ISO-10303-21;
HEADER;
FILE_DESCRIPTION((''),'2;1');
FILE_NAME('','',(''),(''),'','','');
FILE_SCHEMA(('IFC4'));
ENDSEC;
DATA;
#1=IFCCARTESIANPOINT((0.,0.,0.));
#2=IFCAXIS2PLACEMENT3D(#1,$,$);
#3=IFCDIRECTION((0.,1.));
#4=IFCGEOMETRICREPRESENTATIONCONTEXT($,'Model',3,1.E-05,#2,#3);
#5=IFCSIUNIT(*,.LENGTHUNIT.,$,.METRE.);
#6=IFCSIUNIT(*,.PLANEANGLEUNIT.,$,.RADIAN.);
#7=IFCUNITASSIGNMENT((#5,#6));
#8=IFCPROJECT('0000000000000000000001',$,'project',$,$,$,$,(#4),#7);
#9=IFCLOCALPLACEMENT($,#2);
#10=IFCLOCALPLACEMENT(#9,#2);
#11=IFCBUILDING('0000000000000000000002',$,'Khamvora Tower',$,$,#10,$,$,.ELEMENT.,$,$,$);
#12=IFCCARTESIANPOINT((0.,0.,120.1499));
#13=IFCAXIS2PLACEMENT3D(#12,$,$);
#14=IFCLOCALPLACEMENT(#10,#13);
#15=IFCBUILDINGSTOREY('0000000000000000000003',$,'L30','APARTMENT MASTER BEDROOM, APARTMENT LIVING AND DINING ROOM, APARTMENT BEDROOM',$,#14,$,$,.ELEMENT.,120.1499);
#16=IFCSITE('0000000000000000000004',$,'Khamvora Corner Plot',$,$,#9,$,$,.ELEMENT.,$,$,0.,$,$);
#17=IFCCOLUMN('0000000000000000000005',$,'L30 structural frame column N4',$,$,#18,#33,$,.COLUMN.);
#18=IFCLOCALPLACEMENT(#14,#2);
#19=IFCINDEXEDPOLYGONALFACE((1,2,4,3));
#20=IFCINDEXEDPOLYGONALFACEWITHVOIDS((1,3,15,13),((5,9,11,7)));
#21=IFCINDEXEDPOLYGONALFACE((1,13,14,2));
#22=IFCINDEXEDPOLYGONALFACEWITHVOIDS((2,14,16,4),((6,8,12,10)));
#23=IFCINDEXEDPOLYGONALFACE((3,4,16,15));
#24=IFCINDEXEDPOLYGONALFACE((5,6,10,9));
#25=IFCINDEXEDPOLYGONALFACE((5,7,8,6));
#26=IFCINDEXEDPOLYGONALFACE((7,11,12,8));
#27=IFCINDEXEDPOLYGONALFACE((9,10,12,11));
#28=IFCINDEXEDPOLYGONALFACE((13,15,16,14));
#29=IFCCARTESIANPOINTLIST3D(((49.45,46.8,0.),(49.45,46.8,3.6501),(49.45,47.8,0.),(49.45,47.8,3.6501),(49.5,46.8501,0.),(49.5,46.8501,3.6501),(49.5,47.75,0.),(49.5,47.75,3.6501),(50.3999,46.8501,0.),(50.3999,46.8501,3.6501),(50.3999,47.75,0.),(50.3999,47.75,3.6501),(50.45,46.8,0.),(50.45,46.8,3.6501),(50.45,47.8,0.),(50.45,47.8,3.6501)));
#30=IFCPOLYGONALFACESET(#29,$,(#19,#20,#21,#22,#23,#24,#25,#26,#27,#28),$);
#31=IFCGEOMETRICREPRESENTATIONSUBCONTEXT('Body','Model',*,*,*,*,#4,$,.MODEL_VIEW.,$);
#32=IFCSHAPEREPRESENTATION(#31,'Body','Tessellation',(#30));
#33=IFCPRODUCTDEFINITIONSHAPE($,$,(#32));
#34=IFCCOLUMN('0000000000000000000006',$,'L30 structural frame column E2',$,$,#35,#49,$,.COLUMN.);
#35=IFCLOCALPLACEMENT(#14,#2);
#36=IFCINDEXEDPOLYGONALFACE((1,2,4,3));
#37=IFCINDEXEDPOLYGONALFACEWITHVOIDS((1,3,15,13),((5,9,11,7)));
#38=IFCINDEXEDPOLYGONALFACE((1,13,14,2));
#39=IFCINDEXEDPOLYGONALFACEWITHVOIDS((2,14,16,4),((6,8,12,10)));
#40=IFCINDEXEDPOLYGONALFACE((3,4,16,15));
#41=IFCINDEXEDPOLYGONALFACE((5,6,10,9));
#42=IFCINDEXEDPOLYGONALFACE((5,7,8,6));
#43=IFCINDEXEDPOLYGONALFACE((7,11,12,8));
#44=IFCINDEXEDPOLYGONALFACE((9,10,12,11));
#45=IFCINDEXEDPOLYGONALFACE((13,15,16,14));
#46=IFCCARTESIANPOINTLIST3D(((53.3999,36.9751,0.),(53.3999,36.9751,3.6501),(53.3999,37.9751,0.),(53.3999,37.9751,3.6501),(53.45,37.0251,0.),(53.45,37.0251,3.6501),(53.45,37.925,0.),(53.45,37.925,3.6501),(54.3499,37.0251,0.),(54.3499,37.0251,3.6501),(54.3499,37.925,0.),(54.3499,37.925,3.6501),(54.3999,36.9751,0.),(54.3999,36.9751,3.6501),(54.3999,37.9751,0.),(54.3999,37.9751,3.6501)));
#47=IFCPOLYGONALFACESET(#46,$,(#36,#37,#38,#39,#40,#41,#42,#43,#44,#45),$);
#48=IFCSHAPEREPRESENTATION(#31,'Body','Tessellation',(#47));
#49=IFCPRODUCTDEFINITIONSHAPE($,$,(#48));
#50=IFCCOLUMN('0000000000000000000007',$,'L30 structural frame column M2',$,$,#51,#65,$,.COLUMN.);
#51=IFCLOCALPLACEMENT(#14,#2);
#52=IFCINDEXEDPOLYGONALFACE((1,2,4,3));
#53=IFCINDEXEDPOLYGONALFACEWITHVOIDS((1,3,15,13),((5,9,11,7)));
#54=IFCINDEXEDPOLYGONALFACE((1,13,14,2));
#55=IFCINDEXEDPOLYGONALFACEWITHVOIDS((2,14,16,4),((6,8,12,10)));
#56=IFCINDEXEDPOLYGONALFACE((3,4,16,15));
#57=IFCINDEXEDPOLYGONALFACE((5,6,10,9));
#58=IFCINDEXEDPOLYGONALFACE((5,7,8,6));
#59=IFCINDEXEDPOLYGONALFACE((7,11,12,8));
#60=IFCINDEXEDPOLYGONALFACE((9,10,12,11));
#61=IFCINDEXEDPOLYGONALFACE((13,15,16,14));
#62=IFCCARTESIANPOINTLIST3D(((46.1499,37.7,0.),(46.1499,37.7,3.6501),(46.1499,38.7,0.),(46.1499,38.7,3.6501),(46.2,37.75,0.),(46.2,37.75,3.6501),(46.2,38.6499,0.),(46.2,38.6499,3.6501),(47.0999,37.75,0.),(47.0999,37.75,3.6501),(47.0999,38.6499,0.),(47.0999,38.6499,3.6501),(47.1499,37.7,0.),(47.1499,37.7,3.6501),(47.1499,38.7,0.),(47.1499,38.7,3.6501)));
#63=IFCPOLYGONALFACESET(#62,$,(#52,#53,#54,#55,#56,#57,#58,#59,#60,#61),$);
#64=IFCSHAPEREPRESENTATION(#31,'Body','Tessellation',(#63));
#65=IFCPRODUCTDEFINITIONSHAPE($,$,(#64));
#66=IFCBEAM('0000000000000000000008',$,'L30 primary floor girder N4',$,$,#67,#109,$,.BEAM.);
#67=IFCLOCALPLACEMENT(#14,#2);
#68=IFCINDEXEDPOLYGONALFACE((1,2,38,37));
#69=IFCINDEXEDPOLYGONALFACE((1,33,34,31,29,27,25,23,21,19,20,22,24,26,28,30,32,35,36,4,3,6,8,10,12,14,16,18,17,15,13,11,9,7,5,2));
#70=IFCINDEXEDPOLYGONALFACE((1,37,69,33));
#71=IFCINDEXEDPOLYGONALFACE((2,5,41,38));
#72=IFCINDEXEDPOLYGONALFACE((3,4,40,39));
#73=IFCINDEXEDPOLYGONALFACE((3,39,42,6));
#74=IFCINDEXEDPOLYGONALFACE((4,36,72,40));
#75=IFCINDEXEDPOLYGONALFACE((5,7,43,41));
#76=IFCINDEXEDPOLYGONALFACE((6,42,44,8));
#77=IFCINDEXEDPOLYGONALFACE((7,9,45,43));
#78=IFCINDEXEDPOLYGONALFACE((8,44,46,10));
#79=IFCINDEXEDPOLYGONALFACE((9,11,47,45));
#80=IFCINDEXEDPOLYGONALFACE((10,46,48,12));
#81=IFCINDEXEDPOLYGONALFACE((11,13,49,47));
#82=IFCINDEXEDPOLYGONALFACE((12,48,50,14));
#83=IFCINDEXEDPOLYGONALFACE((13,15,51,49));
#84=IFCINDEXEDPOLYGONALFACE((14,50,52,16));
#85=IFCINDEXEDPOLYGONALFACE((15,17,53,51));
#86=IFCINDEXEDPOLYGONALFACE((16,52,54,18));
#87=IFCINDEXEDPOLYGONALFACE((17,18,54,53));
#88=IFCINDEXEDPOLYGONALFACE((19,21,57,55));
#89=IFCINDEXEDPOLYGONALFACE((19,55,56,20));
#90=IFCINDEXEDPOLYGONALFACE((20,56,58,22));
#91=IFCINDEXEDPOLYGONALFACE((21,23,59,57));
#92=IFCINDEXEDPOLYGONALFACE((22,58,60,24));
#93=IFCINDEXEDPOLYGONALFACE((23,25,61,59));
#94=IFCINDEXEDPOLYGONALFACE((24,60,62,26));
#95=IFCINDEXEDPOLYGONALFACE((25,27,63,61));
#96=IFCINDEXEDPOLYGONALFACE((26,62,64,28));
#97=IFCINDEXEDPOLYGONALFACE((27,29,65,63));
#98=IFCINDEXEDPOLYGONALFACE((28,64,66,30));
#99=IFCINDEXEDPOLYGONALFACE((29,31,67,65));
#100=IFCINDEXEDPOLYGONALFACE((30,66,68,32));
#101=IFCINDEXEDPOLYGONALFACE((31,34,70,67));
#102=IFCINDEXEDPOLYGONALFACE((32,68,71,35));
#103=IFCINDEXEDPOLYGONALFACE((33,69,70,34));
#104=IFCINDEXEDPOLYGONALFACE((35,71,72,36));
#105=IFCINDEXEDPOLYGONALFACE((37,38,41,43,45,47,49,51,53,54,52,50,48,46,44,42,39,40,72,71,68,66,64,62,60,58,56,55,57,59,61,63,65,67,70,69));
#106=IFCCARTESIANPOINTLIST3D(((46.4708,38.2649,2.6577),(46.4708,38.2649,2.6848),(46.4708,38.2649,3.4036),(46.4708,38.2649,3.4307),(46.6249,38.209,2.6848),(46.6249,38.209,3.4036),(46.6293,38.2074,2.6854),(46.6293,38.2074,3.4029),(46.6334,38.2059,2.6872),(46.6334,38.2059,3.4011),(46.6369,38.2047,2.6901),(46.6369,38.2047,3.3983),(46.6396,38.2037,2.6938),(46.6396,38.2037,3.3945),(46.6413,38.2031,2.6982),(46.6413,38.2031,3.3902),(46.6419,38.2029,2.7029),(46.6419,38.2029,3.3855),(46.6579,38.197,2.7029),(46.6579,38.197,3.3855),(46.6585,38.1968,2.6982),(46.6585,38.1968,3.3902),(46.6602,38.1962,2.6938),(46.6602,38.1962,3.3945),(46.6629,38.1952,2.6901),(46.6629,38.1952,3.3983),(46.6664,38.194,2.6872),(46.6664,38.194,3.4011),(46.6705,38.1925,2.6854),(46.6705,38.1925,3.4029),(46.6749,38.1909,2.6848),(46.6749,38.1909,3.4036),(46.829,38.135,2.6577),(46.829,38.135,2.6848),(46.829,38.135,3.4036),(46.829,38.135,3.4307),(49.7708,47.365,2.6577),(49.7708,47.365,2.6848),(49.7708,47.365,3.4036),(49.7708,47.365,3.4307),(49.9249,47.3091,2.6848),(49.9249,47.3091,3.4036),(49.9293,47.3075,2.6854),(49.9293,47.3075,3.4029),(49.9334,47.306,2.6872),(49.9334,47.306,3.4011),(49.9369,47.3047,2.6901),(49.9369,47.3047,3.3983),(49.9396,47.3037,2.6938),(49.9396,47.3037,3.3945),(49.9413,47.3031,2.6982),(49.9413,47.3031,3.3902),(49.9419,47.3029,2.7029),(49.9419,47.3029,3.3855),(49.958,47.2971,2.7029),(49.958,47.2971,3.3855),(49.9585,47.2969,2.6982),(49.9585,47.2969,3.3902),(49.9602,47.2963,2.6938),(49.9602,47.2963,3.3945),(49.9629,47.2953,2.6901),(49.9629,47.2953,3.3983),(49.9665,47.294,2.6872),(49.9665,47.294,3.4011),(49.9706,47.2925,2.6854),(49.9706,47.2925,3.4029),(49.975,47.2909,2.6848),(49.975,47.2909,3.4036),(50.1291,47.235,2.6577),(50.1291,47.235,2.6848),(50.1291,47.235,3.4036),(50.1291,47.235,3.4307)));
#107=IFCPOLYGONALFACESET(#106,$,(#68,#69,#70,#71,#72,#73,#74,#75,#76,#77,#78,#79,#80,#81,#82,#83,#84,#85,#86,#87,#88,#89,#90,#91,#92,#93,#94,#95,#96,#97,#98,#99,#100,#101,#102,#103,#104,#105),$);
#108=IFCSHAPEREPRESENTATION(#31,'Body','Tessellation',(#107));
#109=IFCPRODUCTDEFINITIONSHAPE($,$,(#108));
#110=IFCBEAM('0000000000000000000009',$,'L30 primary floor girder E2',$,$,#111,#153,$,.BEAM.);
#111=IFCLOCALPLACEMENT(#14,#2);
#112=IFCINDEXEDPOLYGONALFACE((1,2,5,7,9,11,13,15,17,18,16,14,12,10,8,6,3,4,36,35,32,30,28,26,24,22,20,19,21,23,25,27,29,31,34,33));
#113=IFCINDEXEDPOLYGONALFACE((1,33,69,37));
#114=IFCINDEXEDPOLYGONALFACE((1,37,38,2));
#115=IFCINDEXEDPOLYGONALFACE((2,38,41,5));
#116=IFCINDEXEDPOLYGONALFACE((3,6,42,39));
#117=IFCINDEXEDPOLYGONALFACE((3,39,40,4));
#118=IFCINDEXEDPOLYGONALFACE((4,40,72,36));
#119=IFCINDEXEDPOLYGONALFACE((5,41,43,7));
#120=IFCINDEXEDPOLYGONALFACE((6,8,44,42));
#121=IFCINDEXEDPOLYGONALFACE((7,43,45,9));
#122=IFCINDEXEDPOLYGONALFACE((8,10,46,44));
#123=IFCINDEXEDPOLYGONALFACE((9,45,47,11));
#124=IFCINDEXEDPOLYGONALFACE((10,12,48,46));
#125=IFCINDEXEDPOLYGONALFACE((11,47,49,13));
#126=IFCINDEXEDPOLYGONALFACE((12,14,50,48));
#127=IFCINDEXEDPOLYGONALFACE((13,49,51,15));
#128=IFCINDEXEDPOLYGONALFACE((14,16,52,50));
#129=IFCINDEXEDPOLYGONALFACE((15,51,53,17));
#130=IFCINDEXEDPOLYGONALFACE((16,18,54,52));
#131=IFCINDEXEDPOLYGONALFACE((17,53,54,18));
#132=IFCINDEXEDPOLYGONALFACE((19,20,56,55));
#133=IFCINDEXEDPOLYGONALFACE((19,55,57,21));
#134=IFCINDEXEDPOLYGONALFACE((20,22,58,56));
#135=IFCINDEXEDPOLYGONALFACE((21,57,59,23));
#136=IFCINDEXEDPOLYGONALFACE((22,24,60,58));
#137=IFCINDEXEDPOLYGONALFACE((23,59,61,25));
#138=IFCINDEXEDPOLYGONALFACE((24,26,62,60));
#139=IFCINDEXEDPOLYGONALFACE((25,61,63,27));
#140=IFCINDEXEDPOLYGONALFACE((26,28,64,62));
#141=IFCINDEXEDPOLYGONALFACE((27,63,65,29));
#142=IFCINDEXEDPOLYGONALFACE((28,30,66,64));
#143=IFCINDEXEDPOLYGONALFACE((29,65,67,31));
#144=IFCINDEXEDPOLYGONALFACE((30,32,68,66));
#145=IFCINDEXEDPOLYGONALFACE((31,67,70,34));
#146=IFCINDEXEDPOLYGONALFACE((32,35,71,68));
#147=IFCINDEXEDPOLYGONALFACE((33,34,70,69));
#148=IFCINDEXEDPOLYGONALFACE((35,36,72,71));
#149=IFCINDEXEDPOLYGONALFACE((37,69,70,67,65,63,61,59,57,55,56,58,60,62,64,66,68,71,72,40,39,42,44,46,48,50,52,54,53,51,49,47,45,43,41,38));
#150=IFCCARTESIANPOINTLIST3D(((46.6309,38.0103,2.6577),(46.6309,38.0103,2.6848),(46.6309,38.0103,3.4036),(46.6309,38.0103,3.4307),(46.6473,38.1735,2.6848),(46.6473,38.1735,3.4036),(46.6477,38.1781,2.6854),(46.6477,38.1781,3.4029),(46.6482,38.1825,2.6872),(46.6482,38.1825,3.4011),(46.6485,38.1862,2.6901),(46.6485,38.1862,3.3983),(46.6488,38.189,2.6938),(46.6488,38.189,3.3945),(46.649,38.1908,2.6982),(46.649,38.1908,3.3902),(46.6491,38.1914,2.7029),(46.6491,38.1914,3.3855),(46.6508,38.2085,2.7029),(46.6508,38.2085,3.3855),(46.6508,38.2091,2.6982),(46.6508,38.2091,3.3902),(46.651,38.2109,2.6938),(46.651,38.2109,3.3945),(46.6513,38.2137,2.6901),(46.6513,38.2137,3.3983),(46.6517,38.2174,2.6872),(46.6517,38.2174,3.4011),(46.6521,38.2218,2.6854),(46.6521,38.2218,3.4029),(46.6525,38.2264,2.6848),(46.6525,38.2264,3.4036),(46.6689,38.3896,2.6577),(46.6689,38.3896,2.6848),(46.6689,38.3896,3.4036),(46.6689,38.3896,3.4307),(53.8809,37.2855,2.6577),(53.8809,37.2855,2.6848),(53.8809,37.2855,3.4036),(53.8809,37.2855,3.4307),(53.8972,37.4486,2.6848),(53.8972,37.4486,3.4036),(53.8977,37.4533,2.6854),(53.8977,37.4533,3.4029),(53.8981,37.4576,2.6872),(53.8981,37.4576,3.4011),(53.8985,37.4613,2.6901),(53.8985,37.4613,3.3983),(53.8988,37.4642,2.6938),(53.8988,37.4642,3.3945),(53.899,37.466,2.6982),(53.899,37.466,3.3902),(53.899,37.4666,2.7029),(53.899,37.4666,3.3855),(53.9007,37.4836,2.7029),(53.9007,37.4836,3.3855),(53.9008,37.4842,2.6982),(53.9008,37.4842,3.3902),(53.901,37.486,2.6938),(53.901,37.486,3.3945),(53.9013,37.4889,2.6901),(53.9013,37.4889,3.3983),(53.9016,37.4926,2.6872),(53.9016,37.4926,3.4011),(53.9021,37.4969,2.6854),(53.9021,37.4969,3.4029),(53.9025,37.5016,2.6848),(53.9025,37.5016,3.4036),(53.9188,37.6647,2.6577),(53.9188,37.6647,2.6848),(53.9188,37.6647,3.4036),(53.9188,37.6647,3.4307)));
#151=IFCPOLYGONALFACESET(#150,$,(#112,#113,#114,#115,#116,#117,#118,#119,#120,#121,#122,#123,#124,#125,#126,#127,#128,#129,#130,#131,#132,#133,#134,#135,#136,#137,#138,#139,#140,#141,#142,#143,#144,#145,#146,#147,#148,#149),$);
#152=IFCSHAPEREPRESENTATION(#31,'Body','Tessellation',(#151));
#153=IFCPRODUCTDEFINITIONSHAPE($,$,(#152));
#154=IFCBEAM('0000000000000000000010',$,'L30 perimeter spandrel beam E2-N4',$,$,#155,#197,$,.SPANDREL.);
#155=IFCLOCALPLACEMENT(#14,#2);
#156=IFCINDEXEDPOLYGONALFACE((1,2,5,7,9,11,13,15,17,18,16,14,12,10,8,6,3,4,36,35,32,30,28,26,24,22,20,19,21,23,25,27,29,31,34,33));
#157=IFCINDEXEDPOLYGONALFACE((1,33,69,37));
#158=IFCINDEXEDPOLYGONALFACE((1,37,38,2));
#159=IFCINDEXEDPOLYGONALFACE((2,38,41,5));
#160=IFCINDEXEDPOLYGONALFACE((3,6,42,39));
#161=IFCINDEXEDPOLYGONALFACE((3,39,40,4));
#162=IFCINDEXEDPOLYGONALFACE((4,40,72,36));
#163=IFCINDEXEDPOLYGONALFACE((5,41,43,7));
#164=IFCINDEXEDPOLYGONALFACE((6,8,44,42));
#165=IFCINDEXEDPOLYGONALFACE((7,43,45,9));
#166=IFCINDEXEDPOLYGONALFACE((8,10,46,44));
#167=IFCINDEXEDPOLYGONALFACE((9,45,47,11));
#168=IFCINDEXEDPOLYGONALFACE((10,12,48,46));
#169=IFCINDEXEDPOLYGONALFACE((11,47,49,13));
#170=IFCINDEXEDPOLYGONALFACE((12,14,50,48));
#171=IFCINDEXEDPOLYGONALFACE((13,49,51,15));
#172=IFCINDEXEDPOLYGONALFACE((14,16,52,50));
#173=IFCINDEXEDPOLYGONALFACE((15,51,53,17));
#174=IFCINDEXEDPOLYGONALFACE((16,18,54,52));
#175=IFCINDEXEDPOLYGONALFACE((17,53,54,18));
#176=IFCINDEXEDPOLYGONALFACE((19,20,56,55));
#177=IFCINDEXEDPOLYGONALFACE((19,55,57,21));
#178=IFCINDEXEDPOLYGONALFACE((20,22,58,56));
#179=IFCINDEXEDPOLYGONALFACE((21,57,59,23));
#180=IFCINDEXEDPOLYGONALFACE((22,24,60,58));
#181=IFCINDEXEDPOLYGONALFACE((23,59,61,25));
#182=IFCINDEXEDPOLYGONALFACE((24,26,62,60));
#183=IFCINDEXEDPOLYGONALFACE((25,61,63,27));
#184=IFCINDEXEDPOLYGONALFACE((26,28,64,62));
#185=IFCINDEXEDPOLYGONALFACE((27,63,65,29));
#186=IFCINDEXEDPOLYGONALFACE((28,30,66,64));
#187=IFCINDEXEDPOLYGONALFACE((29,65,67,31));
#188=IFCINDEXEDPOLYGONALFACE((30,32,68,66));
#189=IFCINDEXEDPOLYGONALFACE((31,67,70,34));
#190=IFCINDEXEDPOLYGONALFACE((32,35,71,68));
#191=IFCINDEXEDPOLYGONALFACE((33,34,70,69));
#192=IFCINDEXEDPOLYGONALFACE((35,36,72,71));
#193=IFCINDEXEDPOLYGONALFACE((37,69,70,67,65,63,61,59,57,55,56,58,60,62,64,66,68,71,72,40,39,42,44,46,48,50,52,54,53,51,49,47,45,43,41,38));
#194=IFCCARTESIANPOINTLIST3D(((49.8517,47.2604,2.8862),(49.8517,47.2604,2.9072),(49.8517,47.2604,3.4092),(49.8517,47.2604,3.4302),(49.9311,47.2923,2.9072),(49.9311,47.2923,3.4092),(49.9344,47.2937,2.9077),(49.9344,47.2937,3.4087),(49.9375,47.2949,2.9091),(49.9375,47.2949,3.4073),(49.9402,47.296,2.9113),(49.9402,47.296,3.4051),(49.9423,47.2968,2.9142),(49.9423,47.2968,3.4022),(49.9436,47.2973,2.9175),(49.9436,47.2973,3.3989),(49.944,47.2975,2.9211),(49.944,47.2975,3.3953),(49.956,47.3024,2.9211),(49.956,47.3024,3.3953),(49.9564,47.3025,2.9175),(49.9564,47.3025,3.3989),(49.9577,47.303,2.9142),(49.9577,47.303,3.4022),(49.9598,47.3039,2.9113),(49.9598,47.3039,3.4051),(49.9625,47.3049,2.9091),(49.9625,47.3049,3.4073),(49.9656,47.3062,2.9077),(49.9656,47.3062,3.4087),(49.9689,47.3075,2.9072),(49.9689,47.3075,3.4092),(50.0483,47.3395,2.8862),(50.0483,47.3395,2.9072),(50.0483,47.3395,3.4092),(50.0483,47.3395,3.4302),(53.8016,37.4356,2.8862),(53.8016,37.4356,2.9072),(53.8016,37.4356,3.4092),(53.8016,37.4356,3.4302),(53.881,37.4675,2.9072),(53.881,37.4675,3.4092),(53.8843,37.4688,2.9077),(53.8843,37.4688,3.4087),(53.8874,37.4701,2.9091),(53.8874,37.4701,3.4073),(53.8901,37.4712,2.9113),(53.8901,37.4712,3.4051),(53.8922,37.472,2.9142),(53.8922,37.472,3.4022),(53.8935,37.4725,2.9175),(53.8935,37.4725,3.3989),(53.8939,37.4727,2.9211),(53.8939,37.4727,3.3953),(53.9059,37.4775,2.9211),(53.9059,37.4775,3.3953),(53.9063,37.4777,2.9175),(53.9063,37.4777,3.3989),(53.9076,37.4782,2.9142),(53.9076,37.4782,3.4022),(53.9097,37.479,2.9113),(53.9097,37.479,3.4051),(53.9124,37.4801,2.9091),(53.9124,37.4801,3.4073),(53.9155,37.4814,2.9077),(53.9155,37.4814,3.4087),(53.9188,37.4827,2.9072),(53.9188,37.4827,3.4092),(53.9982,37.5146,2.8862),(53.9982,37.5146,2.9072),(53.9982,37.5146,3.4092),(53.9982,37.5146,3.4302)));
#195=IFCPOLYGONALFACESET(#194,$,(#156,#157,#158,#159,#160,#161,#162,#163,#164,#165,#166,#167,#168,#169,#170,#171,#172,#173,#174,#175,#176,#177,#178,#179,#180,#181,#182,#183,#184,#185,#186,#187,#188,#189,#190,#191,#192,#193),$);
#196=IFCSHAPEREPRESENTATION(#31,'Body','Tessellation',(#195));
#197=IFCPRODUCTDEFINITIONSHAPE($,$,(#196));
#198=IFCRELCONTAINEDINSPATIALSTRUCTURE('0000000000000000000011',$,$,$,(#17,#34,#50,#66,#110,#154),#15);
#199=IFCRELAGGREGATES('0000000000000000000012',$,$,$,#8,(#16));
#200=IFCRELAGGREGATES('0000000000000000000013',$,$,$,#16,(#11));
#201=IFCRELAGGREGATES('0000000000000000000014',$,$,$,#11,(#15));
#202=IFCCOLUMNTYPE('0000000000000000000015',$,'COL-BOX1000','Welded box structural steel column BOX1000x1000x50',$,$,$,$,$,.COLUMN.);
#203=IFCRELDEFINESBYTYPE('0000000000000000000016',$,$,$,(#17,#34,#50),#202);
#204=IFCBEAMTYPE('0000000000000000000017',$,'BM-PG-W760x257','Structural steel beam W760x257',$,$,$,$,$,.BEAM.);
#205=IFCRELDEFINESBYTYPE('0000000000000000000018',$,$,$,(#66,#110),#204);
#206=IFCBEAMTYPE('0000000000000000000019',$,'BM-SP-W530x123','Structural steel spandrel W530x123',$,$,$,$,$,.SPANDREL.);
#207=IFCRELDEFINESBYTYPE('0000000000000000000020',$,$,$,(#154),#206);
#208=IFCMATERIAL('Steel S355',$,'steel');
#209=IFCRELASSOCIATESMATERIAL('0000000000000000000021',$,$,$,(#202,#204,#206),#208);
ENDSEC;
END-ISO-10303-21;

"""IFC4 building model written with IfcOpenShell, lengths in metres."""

from ifc_helpers import new_model, si_unit, direction, frame, origin, origin_2d, place, context, subcontext, project, spatial, hollow_rectangle, i_section, extrude, material, material_profile, profile_set, type_object, element, save


model = new_model("IFC4")

# Units and contexts
model_context = context("Model", 3, precision=1e-05, world=origin(), true_north=direction((0.0, 1.0)))
body_context = subcontext(model_context, "Body", "Model", "MODEL_VIEW")
ifc_project = project(units=[si_unit("LENGTHUNIT", "METRE"), si_unit("PLANEANGLEUNIT", "RADIAN")], contexts=[model_context])

# Site, building, storey
site_placement = place(None, origin())
site = spatial("IfcSite", under=ifc_project, at=site_placement, Name="Khamvora Corner Plot", CompositionType="ELEMENT", RefElevation=0.0)
building_placement = place(site_placement, origin())
building = spatial("IfcBuilding", under=site, at=building_placement, Name="Khamvora Tower", CompositionType="ELEMENT")
storey_placement = place(building_placement, frame((0.0, 0.0, 120.1499)))
storey = spatial("IfcBuildingStorey", under=building, at=storey_placement, Name="L30", Description="APARTMENT MASTER BEDROOM, APARTMENT LIVING AND DINING ROOM, APARTMENT BEDROOM", CompositionType="ELEMENT", Elevation=120.1499)

# Columns
ifc_material_1 = material(Name="Steel S355", Category="steel")
ifc_material_profile_1 = material_profile(ifc_material_1, hollow_rectangle(XDim=1.0, YDim=1.0, WallThickness=0.05, at=origin_2d()), Name="BOX1000x1000x50")
ifc_profile_set_1 = profile_set([ifc_material_profile_1], Name="Steel S355")
column_type = type_object("IfcColumnType", Name="COL-BOX1000", Description="Welded box structural steel column BOX1000x1000x50", PredefinedType="COLUMN", material=ifc_profile_set_1)
for number, where, z_axis, x_axis, name in (
    (1, (49.95, 47.3, 0.0), (0.0, 0.0, 1.0), (1.0, 0.0, 0.0), "L30 structural frame column N4"),
    (2, (53.8999, 37.4751, 0.0), (0.0, 0.0, 1.0), (1.0, 0.0, 0.0), "L30 structural frame column E2"),
    (3, (46.6499, 38.2, 0.0), (0.0, 0.0, 1.0), (1.0, 0.0, 0.0), "L30 structural frame column M2"),
):
    element("IfcColumn", number, at=place(storey_placement, frame(where, z_axis=z_axis, x_axis=x_axis)), inside=storey, type_object=column_type, Name=name, PredefinedType="COLUMN", context=body_context, shape_type="SweptSolid", body=[
        extrude(hollow_rectangle(XDim=1.0, YDim=1.0, WallThickness=0.05, at=origin_2d()), origin(), (0.0, 0.0, 1.0), 3.6501),
    ])

# Beams
ifc_material_profile_2 = material_profile(ifc_material_1, i_section(OverallWidth=0.3811, OverallDepth=0.7729, WebThickness=0.0171, FlangeThickness=0.0271, FilletRadius=0.0181, at=origin_2d()), Name="W760x257")
ifc_profile_set_2 = profile_set([ifc_material_profile_2], Name="Steel S355")
beam_type_1 = type_object("IfcBeamType", Name="BM-PG-W760x257", Description="Structural steel beam W760x257", PredefinedType="BEAM", material=ifc_profile_set_2)
beam_1_placement = place(storey_placement, frame((46.6499, 38.2, 3.0442), z_axis=(0.340915, 0.940094, 0.0), x_axis=(-0.940094, 0.340915, 0.0)))
element("IfcBeam", 4, at=beam_1_placement, inside=storey, type_object=beam_type_1, Name="L30 primary floor girder N4", PredefinedType="BEAM", context=body_context, shape_type="SweptSolid", body=[
    extrude(i_section(OverallWidth=0.3811, OverallDepth=0.7729, WebThickness=0.0171, FlangeThickness=0.0271, FilletRadius=0.0181, at=origin_2d()), origin(), (0.0, 0.0, 1.0), 9.6799),
])
beam_2_placement = place(storey_placement, frame((46.6499, 38.2, 3.0442), z_axis=(0.995039, -0.099484, 0.0), x_axis=(0.099484, 0.995039, 0.0)))
element("IfcBeam", 5, at=beam_2_placement, inside=storey, type_object=beam_type_1, Name="L30 primary floor girder E2", PredefinedType="BEAM", context=body_context, shape_type="SweptSolid", body=[
    extrude(i_section(OverallWidth=0.3811, OverallDepth=0.7729, WebThickness=0.0171, FlangeThickness=0.0271, FilletRadius=0.0181, at=origin_2d()), origin(), (0.0, 0.0, 1.0), 7.2861),
])
ifc_material_profile_3 = material_profile(ifc_material_1, i_section(OverallWidth=0.2119, OverallDepth=0.5439, WebThickness=0.0129, FlangeThickness=0.021, FilletRadius=0.0139, at=origin_2d()), Name="W530x123")
ifc_profile_set_3 = profile_set([ifc_material_profile_3], Name="Steel S355")
beam_type_2 = type_object("IfcBeamType", Name="BM-SP-W530x123", Description="Structural steel spandrel W530x123", PredefinedType="SPANDREL", material=ifc_profile_set_3)
beam_3_placement = place(storey_placement, frame((53.8999, 37.4751, 3.1582), z_axis=(-0.373016, 0.927825, 0.0), x_axis=(-0.927825, -0.373016, 0.0)))
element("IfcBeam", 6, at=beam_3_placement, inside=storey, type_object=beam_type_2, Name="L30 perimeter spandrel beam E2-N4", PredefinedType="SPANDREL", context=body_context, shape_type="SweptSolid", body=[
    extrude(i_section(OverallWidth=0.2119, OverallDepth=0.5439, WebThickness=0.0129, FlangeThickness=0.021, FilletRadius=0.0139, at=origin_2d()), origin(), (0.0, 0.0, 1.0), 10.5891),
])

save(model, "model.ifc")
